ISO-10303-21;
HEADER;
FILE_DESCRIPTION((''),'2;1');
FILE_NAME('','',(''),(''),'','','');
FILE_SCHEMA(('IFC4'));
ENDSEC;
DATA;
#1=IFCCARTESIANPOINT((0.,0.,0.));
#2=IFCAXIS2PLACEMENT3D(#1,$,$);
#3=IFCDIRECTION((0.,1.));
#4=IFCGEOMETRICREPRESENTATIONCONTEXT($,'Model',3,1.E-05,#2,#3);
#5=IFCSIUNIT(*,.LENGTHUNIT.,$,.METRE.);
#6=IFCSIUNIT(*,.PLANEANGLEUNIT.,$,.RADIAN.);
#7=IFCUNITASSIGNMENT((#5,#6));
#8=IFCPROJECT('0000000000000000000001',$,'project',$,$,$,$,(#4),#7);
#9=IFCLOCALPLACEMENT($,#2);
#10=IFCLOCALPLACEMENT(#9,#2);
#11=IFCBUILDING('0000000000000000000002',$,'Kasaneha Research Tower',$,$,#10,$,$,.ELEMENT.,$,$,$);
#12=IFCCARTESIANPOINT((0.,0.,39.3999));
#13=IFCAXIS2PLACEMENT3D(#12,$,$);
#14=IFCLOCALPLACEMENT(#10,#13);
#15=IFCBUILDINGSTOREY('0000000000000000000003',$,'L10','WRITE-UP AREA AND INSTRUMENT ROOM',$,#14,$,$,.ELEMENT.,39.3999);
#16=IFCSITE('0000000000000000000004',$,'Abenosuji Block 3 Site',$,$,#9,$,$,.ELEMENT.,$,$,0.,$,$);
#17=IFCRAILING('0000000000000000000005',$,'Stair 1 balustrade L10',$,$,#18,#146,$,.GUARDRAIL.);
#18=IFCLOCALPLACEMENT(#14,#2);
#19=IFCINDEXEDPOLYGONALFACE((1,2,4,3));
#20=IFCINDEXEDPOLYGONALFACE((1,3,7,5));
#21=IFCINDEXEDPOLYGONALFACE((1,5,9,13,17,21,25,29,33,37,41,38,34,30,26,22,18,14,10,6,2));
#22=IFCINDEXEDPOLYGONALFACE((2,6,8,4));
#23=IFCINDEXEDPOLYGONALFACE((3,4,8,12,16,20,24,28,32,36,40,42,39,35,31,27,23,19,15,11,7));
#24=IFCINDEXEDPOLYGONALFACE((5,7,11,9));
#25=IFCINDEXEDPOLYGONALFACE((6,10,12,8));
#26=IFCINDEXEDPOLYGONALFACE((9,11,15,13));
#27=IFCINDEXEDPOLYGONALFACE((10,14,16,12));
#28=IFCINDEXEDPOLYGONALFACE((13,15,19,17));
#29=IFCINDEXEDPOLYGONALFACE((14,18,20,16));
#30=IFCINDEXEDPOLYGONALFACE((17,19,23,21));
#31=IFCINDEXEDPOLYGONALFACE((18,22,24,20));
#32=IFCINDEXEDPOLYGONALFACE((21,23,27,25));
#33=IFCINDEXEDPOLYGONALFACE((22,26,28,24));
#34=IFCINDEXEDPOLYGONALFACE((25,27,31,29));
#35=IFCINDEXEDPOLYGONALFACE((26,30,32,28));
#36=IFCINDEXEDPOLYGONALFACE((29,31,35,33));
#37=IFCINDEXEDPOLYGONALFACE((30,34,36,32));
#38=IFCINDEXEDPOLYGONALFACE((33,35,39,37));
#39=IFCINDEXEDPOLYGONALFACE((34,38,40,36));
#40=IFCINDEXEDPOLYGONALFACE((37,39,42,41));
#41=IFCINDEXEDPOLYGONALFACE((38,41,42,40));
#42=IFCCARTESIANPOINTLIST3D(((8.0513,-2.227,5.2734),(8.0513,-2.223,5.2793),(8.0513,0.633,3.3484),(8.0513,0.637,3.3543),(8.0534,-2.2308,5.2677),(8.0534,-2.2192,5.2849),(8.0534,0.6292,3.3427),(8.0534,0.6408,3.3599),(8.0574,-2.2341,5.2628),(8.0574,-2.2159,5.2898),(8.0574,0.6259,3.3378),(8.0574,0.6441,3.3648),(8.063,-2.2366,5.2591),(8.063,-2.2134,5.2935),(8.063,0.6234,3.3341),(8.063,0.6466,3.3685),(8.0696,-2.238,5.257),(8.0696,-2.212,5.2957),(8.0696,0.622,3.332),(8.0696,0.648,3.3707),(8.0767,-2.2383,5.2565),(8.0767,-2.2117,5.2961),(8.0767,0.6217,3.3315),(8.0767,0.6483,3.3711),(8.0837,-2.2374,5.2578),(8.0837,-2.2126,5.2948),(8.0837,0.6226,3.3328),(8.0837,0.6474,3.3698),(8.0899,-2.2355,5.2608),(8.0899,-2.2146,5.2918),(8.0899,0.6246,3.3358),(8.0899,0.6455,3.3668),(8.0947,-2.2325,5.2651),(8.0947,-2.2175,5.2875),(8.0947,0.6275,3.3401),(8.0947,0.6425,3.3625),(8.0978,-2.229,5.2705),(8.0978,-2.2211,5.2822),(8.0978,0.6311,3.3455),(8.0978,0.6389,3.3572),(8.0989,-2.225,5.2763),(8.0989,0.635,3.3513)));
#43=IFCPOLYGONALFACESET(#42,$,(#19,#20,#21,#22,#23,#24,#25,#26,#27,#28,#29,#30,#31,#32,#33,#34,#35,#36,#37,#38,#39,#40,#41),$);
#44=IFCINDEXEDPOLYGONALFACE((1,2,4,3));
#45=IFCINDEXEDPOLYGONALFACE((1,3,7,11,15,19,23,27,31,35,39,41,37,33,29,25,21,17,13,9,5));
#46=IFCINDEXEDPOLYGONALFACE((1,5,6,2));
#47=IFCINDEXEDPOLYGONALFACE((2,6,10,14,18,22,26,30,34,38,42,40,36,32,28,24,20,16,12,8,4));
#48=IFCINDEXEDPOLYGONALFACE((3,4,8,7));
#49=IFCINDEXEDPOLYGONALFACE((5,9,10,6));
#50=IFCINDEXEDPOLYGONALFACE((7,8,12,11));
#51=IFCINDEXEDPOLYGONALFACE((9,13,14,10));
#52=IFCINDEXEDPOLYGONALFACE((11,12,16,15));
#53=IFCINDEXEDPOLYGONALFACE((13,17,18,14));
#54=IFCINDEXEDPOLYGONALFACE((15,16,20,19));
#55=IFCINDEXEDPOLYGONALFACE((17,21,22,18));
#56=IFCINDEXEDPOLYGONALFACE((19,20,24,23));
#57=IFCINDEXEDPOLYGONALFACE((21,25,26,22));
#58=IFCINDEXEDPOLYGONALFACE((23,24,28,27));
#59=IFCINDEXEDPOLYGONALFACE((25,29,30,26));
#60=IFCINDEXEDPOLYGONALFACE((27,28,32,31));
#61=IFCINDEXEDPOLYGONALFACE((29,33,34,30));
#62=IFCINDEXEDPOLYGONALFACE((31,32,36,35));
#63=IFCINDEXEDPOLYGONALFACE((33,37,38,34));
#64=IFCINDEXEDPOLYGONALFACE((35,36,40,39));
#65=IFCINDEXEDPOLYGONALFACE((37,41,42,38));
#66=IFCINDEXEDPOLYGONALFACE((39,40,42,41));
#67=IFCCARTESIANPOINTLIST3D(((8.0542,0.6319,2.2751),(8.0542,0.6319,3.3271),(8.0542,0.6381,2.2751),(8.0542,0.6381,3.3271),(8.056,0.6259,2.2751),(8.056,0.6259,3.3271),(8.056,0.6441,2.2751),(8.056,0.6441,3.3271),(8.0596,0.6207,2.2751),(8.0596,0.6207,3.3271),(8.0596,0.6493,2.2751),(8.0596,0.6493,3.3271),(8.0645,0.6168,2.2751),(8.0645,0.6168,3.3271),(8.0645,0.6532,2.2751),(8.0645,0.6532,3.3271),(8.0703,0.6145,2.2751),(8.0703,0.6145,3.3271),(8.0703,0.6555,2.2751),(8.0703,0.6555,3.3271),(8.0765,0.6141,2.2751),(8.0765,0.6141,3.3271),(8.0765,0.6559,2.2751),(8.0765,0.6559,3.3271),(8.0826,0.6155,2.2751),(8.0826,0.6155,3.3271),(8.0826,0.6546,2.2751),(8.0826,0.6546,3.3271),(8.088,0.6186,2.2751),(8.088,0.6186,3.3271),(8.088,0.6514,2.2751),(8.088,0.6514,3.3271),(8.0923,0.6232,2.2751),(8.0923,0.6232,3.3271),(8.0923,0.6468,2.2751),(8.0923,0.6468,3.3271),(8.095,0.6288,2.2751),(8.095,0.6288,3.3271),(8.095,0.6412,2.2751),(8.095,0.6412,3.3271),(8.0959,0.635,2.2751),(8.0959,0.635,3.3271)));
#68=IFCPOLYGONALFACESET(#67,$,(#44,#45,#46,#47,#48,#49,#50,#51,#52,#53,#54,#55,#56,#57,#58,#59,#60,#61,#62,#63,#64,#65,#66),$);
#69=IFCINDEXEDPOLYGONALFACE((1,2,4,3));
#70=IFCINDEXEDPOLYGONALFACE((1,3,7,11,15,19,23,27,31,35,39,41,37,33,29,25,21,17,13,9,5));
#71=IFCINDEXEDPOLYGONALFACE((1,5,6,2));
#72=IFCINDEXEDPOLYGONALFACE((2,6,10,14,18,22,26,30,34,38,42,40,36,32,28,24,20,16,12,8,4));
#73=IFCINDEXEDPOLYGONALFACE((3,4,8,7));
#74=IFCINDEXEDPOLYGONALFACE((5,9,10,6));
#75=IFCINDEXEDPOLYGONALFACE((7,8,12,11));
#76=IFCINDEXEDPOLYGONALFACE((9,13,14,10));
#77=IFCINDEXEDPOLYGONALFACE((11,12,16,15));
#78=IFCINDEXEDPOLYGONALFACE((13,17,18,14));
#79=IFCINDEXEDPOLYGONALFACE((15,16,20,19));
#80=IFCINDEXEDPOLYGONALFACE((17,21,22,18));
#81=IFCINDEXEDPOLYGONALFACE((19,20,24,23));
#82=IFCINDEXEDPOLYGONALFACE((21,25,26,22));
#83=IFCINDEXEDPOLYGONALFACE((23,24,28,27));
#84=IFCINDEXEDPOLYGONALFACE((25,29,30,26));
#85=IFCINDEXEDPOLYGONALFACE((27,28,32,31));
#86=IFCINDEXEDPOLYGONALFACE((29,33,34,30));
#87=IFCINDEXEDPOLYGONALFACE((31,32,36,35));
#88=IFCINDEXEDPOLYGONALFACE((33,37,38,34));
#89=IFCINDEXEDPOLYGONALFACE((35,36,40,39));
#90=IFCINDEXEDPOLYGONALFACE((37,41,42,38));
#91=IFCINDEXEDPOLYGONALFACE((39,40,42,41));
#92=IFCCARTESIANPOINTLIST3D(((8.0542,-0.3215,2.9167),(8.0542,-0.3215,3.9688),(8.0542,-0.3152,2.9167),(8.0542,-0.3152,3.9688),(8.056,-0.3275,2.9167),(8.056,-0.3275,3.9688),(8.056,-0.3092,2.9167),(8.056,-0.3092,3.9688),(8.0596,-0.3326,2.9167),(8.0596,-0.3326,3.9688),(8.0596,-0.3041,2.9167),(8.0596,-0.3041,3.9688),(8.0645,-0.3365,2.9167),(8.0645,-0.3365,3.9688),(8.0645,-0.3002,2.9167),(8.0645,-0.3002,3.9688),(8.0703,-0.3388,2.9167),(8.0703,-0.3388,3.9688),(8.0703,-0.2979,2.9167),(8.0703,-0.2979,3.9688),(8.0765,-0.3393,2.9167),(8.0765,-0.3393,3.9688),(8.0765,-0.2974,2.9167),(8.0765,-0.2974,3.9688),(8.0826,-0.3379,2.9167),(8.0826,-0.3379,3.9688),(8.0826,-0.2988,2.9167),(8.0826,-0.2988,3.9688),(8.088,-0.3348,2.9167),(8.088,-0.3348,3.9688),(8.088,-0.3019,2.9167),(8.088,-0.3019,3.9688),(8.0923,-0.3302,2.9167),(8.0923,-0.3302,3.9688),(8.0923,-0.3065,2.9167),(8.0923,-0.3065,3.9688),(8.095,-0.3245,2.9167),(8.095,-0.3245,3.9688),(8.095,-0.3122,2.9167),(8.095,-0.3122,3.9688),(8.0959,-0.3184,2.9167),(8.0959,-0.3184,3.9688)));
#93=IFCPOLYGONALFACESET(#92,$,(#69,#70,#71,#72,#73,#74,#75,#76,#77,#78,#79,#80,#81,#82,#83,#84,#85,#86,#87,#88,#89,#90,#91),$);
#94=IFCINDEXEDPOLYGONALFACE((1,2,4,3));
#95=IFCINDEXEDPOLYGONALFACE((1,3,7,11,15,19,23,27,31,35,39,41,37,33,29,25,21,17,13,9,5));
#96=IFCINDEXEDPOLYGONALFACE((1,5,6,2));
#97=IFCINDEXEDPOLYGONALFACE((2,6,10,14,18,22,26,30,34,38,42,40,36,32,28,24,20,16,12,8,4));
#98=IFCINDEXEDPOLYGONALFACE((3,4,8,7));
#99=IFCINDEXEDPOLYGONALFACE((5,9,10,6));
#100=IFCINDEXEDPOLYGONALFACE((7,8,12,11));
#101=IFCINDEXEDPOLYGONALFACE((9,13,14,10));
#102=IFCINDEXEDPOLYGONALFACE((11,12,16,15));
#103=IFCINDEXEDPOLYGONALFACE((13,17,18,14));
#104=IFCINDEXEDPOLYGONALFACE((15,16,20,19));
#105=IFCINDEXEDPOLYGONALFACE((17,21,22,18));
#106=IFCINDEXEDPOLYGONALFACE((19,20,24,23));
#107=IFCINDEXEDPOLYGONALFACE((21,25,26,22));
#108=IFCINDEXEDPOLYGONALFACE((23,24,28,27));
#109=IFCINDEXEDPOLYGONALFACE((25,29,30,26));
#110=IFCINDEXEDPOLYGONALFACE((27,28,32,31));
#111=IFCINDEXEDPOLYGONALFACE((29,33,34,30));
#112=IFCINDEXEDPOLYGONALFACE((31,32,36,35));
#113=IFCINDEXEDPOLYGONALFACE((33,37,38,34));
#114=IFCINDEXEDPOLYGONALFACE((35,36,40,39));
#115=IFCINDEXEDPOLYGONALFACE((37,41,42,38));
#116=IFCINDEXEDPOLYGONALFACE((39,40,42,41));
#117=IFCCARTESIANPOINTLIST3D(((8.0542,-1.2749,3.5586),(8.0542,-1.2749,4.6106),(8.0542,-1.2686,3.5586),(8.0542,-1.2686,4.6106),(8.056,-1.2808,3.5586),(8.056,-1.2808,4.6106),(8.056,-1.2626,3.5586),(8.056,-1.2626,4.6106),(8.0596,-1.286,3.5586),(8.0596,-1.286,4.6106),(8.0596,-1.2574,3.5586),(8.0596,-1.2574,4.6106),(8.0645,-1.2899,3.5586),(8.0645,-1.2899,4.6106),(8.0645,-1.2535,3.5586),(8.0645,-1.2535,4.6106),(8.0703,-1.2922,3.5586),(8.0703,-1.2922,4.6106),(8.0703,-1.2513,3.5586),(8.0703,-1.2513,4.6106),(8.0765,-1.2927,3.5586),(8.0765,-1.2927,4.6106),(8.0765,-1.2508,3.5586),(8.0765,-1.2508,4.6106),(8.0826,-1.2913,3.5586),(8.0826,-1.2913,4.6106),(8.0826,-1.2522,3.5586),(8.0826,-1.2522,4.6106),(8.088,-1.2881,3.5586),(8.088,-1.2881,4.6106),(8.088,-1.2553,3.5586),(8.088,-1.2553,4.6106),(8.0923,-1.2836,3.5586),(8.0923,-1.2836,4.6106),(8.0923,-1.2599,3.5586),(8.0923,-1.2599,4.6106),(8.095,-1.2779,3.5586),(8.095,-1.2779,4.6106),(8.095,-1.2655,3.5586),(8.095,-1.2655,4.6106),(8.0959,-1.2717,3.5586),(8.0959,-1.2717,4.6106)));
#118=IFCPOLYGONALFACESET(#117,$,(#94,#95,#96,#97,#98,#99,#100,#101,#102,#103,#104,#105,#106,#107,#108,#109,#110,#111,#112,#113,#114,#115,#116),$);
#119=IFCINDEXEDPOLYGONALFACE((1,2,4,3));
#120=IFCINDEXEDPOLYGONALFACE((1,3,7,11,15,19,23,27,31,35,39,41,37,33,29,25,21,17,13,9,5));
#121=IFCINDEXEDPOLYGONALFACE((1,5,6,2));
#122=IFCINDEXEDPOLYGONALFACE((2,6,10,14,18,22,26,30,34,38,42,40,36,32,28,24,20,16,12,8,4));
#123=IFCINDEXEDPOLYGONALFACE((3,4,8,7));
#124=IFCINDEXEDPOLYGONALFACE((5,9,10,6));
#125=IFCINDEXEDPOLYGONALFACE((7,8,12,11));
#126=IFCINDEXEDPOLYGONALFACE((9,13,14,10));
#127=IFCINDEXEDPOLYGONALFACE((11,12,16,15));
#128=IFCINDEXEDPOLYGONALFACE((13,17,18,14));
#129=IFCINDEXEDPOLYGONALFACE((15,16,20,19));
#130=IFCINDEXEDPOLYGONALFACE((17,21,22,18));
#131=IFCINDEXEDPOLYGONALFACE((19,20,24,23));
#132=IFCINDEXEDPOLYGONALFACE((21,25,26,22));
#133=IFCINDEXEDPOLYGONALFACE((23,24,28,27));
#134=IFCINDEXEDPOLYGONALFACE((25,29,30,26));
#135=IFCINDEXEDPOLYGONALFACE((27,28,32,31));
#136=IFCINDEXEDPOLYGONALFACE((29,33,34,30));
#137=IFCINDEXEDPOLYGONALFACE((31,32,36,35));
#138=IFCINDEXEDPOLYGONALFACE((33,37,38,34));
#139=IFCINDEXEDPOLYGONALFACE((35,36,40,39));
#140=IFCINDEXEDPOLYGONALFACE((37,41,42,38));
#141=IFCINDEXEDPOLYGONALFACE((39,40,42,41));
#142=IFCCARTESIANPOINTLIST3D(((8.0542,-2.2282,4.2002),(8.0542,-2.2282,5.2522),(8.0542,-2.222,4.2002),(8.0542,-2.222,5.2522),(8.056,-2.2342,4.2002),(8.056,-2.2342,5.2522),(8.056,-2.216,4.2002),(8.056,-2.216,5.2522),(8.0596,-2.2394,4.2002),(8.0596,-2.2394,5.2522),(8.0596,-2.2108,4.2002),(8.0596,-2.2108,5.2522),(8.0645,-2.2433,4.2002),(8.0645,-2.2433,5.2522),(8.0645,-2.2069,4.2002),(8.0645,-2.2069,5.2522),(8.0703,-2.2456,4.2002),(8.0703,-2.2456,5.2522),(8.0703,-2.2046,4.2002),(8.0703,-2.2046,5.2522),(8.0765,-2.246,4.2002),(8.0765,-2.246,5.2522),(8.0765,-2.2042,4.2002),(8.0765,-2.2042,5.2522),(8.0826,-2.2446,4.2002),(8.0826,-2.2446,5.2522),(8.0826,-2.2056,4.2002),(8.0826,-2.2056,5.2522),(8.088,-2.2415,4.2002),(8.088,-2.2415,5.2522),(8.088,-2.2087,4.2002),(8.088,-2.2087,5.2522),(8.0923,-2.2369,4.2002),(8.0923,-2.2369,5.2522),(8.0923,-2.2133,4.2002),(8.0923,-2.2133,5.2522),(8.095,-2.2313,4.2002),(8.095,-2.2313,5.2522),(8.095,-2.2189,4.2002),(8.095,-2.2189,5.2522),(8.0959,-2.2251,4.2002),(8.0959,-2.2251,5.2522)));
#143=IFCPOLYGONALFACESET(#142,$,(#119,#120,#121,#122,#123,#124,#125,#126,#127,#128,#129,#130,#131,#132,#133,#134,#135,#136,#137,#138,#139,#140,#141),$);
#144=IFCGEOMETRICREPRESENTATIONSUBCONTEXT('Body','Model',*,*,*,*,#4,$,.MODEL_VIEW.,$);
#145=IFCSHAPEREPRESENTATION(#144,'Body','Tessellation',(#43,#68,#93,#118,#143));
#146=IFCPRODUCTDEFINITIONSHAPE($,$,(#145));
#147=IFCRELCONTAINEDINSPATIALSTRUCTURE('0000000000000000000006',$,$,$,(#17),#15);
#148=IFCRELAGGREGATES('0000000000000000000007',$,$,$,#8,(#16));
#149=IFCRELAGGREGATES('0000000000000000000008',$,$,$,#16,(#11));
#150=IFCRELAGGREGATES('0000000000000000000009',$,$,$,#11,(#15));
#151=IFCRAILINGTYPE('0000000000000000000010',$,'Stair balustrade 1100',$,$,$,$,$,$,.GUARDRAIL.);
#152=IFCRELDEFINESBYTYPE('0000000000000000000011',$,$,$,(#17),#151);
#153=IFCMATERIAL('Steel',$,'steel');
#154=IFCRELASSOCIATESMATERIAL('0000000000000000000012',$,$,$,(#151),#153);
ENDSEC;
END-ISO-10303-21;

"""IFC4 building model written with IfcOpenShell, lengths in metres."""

from ifc_helpers import new_model, si_unit, direction, frame, origin, origin_2d, place, context, subcontext, project, spatial, circle, extrude, material, type_object, element, save


model = new_model("IFC4")

# Units and contexts
model_context = context("Model", 3, precision=1e-05, world=origin(), true_north=direction((0.0, 1.0)))
body_context = subcontext(model_context, "Body", "Model", "MODEL_VIEW")
ifc_project = project(units=[si_unit("LENGTHUNIT", "METRE"), si_unit("PLANEANGLEUNIT", "RADIAN")], contexts=[model_context])

# Site, building, storey
site_placement = place(None, origin())
site = spatial("IfcSite", under=ifc_project, at=site_placement, Name="Abenosuji Block 3 Site", CompositionType="ELEMENT", RefElevation=0.0)
building_placement = place(site_placement, origin())
building = spatial("IfcBuilding", under=site, at=building_placement, Name="Kasaneha Research Tower", CompositionType="ELEMENT")
storey_placement = place(building_placement, frame((0.0, 0.0, 39.3999)))
storey = spatial("IfcBuildingStorey", under=building, at=storey_placement, Name="L10", Description="WRITE-UP AREA AND INSTRUMENT ROOM", CompositionType="ELEMENT", Elevation=39.3999)

# Railing
ifc_material_1 = material(Name="Steel", Category="steel")
railing_type_1 = type_object("IfcRailingType", Name="Stair balustrade 1100", PredefinedType="GUARDRAIL", material=ifc_material_1)
railing_1_placement = place(storey_placement, frame((8.075, 0.635, 2.2751)))
element("IfcRailing", 1, at=railing_1_placement, inside=storey, type_object=railing_type_1, Name="Stair 1 balustrade L10", PredefinedType="GUARDRAIL", context=body_context, shape_type="SweptSolid", body=[
    extrude(circle(Radius=0.0239, at=origin_2d()), frame((0.0, 0.0, 1.0762), z_axis=(0.0, -0.829591, 0.558372), x_axis=(1.0, 0.0, 0.0)), (0.0, 0.0, 1.0), 3.4475),
    extrude(circle(Radius=0.021, at=origin_2d()), origin(), (0.0, 0.0, 1.0), 1.052),
    extrude(circle(Radius=0.021, at=origin_2d()), frame((0.0, -0.9534, 0.6416)), (0.0, 0.0, 1.0), 1.052),
    extrude(circle(Radius=0.021, at=origin_2d()), frame((0.0, -1.9067, 1.2834)), (0.0, 0.0, 1.0), 1.052),
    extrude(circle(Radius=0.021, at=origin_2d()), frame((0.0, -2.8601, 1.925)), (0.0, 0.0, 1.0), 1.052),
])

save(model, "model.ifc")
